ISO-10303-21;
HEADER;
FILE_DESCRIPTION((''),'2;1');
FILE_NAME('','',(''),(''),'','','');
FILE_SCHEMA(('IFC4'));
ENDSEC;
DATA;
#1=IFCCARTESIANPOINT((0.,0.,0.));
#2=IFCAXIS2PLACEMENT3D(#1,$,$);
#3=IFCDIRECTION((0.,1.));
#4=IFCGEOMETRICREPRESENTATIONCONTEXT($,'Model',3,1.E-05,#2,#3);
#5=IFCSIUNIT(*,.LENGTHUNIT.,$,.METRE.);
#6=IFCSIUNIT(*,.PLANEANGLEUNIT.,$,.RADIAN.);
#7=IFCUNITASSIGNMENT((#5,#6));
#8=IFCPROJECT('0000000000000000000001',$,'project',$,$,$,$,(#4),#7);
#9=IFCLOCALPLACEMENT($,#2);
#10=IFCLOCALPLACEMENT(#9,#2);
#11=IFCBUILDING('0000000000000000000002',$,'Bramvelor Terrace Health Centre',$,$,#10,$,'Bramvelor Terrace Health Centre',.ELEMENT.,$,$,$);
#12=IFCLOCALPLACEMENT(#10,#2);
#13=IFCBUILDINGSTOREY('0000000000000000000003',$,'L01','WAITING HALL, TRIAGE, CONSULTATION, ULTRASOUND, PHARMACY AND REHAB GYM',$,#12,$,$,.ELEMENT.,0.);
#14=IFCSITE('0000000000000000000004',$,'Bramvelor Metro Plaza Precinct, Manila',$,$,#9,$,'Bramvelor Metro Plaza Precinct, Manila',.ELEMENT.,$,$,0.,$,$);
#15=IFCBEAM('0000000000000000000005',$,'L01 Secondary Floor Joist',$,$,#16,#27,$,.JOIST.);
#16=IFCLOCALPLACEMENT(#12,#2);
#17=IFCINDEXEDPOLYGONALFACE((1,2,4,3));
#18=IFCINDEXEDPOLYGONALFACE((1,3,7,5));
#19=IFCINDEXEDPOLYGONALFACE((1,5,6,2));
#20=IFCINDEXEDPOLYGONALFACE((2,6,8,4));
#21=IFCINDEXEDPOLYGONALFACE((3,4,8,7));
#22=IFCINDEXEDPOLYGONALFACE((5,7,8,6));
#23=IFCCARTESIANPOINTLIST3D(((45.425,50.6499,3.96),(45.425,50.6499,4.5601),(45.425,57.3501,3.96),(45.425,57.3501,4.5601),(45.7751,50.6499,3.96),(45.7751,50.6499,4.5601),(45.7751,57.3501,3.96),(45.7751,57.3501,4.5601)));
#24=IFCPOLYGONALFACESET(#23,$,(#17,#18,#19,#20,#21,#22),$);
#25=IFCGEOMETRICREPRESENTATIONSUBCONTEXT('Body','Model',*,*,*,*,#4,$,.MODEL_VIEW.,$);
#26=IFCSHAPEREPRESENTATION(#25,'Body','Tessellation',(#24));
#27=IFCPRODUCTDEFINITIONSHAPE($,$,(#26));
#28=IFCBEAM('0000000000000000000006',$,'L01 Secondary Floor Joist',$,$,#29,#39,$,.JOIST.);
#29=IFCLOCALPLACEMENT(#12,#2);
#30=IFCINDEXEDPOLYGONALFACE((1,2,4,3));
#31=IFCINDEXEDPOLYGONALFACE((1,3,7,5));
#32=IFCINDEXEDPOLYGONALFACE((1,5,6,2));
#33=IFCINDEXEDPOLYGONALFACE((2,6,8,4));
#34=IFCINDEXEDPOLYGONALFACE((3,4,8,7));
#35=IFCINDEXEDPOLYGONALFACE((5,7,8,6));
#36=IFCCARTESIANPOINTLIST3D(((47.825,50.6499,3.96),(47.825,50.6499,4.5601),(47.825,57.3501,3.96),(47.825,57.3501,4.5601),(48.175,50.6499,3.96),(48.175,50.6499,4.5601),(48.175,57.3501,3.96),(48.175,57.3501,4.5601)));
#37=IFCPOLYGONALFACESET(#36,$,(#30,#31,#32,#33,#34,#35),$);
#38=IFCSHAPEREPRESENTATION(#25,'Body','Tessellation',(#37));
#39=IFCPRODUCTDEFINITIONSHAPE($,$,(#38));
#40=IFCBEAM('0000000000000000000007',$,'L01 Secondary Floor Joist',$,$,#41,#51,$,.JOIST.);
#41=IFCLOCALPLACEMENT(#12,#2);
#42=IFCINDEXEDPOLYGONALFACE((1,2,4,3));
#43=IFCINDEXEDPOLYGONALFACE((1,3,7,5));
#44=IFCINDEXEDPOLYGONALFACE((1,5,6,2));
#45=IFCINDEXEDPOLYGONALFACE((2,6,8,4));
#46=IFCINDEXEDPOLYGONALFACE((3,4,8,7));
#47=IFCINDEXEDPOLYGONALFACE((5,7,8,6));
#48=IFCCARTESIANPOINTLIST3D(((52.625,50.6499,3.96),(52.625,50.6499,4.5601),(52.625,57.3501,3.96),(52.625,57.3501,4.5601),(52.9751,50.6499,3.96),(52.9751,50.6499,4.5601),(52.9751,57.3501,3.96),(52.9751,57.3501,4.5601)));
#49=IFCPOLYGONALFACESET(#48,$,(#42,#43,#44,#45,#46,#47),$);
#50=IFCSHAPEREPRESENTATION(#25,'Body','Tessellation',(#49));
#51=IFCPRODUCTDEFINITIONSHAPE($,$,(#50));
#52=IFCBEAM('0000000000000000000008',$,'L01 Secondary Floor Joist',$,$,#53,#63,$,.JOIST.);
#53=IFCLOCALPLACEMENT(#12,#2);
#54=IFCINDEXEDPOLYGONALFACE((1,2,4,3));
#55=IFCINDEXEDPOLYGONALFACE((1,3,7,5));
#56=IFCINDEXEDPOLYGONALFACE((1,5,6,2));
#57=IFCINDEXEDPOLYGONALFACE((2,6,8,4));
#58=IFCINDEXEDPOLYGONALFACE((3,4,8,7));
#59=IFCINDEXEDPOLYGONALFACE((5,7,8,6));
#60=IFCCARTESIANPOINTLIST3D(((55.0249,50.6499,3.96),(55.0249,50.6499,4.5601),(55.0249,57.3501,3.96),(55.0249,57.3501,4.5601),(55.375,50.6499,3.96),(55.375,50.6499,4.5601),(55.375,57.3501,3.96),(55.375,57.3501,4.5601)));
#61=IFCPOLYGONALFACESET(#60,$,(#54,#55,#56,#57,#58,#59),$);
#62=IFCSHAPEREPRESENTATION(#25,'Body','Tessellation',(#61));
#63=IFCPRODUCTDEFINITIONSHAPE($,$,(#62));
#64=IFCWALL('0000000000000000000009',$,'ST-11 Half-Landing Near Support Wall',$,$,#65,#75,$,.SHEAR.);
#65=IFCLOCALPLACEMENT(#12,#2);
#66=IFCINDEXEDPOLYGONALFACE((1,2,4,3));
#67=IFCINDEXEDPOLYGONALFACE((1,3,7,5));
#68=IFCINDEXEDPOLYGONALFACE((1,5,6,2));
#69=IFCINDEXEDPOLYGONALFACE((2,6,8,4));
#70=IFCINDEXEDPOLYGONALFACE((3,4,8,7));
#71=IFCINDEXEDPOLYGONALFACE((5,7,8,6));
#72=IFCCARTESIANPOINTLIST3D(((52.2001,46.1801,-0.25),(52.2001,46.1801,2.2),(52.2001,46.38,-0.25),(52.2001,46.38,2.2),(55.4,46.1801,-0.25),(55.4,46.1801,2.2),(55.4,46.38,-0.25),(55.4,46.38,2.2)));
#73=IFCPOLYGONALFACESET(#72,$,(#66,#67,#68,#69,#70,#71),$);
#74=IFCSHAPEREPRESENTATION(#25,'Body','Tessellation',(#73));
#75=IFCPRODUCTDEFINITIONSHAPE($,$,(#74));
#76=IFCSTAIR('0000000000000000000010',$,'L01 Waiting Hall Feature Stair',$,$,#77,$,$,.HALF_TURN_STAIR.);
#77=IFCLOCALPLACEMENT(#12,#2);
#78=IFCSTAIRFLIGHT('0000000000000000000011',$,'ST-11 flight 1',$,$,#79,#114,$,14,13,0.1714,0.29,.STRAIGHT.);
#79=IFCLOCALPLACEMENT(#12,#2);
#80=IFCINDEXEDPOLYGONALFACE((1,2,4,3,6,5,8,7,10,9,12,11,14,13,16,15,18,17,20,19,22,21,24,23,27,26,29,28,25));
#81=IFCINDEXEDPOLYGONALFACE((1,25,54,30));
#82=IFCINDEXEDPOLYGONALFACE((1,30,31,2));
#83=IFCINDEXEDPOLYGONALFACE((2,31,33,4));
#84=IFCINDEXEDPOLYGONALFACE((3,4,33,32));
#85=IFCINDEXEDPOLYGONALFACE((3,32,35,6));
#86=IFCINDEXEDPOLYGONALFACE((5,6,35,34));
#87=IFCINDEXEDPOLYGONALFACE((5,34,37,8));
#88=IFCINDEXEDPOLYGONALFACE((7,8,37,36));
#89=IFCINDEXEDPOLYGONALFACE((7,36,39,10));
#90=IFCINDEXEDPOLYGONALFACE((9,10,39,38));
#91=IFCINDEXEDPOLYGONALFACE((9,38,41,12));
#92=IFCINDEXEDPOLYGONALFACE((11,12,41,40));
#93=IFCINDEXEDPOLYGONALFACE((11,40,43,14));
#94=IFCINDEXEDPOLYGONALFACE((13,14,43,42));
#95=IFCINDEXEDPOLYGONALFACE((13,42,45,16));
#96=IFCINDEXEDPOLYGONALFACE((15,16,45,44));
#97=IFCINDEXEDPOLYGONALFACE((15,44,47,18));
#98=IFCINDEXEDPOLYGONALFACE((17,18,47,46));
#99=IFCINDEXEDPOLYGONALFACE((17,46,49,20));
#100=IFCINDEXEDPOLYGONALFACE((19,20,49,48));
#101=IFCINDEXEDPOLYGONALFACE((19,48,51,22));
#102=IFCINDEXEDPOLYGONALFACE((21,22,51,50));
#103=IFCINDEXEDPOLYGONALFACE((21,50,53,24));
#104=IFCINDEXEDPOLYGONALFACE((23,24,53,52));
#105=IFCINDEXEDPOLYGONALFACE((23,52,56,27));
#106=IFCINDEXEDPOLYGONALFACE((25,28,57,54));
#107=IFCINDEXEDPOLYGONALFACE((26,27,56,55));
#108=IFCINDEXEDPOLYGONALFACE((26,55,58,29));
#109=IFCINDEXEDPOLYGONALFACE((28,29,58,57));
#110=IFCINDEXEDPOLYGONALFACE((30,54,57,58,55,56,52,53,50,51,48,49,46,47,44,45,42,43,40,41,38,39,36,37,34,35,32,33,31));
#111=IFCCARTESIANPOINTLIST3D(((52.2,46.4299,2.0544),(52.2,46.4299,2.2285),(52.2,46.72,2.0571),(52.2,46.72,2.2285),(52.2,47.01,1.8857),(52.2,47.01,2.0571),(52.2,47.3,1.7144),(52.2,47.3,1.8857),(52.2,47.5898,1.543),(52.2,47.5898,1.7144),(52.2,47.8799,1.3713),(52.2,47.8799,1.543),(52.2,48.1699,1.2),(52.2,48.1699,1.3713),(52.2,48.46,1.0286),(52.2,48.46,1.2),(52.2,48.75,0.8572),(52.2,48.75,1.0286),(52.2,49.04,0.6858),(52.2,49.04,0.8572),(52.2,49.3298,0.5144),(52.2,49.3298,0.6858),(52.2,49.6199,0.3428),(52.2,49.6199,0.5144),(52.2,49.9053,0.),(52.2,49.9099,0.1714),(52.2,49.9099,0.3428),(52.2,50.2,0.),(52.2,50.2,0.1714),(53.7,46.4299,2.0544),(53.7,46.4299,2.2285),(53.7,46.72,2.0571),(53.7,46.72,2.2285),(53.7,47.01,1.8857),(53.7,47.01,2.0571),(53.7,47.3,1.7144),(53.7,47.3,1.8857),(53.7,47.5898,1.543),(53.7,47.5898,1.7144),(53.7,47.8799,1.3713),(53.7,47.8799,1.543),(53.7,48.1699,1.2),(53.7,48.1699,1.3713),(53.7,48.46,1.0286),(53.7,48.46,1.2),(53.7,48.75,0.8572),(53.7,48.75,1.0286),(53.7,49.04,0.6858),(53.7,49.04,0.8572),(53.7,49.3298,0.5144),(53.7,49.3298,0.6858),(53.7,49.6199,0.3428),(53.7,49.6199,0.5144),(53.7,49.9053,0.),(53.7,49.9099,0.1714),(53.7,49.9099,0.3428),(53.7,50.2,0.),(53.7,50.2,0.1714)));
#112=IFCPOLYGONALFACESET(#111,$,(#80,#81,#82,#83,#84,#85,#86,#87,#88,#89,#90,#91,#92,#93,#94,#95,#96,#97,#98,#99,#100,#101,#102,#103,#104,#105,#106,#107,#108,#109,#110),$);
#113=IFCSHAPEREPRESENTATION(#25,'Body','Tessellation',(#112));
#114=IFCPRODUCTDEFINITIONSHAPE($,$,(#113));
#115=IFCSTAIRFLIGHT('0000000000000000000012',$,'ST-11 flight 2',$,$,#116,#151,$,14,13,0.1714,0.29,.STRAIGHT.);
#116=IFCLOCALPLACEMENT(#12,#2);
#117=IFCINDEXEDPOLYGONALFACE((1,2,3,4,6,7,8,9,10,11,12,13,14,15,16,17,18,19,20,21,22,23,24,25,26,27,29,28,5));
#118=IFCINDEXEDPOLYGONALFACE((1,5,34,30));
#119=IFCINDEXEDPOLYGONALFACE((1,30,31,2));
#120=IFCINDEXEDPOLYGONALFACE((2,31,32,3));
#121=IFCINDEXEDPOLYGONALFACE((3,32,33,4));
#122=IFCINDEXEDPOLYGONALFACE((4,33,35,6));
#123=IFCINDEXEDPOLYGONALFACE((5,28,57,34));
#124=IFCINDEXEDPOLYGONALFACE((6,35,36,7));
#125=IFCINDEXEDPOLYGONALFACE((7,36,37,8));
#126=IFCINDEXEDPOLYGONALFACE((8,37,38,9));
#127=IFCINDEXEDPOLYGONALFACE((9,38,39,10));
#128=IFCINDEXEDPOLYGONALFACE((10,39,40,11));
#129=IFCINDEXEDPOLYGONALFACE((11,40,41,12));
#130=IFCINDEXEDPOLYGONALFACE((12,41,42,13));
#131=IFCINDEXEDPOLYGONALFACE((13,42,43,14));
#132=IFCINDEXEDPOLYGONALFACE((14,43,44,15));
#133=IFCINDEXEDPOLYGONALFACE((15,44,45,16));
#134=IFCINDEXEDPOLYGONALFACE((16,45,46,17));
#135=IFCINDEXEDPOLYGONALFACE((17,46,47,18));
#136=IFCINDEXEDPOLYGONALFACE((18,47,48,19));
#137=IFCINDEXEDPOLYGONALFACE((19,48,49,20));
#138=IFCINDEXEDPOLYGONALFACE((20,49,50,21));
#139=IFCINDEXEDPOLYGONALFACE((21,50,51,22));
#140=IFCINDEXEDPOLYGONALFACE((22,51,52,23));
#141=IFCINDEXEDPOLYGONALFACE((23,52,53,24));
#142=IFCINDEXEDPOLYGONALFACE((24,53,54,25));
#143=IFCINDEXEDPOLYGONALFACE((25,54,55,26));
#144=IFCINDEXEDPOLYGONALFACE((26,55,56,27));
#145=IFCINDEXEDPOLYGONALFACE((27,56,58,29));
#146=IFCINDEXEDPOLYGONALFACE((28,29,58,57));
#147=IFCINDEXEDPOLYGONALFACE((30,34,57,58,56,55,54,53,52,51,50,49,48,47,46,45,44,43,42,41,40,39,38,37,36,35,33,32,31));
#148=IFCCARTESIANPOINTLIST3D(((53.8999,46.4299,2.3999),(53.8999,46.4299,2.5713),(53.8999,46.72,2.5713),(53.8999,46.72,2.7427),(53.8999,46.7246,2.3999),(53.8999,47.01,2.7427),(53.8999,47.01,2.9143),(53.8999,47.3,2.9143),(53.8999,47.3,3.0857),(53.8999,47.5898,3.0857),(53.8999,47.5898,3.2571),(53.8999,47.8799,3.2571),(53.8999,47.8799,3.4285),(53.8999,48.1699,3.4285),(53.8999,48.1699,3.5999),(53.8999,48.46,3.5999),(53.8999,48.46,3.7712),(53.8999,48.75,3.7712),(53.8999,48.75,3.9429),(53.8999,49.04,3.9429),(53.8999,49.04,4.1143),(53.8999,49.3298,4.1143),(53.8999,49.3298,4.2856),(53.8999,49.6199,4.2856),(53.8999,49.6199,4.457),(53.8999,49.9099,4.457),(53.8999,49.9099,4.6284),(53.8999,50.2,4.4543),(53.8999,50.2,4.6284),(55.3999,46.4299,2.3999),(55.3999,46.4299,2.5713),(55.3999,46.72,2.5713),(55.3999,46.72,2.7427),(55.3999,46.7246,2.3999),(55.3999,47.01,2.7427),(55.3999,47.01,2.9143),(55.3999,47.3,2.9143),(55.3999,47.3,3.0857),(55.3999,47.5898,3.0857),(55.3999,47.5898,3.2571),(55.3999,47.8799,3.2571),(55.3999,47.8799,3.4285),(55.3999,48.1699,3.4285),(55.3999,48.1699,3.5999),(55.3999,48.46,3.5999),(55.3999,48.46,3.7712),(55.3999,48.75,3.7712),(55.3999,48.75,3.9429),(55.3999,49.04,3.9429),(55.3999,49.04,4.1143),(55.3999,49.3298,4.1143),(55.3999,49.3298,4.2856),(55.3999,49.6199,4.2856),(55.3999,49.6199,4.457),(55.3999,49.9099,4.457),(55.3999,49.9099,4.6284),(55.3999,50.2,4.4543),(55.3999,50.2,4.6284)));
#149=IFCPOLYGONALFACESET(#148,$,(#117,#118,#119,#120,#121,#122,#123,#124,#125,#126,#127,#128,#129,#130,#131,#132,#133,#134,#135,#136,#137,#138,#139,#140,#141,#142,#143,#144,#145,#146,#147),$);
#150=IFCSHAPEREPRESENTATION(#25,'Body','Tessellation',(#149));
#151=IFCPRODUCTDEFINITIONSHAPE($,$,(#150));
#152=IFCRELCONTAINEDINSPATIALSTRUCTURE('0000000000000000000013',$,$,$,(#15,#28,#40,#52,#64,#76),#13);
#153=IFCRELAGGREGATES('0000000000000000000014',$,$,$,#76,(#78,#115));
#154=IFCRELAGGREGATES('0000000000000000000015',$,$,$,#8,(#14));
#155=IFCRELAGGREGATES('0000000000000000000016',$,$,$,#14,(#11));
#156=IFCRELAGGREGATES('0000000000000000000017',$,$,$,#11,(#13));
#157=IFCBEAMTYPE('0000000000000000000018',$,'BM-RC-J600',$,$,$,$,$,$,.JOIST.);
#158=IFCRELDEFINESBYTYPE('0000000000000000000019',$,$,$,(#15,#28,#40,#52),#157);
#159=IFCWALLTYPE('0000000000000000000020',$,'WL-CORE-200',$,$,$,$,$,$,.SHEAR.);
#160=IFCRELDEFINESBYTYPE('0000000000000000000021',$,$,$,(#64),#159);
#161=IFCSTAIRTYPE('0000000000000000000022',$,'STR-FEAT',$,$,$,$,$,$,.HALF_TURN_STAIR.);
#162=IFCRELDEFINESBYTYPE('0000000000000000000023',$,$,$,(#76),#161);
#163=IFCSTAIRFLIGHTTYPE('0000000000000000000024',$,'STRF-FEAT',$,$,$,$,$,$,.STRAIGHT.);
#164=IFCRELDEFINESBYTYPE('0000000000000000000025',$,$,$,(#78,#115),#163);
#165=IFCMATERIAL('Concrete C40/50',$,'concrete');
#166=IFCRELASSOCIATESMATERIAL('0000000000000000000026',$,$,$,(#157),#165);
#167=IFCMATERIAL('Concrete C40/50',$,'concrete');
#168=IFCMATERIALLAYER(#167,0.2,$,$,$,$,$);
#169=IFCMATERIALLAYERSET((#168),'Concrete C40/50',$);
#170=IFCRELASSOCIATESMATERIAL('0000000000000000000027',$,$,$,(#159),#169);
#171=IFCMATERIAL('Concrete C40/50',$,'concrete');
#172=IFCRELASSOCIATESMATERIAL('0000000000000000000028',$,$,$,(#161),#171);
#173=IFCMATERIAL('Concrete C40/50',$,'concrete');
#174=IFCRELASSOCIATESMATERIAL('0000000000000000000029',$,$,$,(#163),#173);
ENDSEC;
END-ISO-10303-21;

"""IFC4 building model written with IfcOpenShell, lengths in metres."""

from ifc_helpers import new_model, si_unit, direction, frame, frame_2d, origin, origin_2d, place, context, subcontext, project, spatial, polyline, rectangle, outline, extrude, material, layer, layer_set, material_profile, profile_set, type_object, element, aggregate, save


model = new_model("IFC4")

# Units and contexts
model_context = context("Model", 3, precision=1e-05, world=origin(), true_north=direction((0.0, 1.0)))
body_context = subcontext(model_context, "Body", "Model", "MODEL_VIEW")
ifc_project = project(units=[si_unit("LENGTHUNIT", "METRE"), si_unit("PLANEANGLEUNIT", "RADIAN")], contexts=[model_context])

# Site, building, storey
site_placement = place(None, origin())
site = spatial("IfcSite", under=ifc_project, at=site_placement, Name="Bramvelor Metro Plaza Precinct, Manila", LongName="Bramvelor Metro Plaza Precinct, Manila", CompositionType="ELEMENT", RefElevation=0.0)
building_placement = place(site_placement, origin())
building = spatial("IfcBuilding", under=site, at=building_placement, Name="Bramvelor Terrace Health Centre", LongName="Bramvelor Terrace Health Centre", CompositionType="ELEMENT")
storey_placement = place(building_placement, origin())
storey = spatial("IfcBuildingStorey", under=building, at=storey_placement, Name="L01", Description="WAITING HALL, TRIAGE, CONSULTATION, ULTRASOUND, PHARMACY AND REHAB GYM", CompositionType="ELEMENT", Elevation=0.0)

# Beams
ifc_material_1 = material(Name="Concrete C40/50", Category="concrete")
ifc_material_profile_1 = material_profile(ifc_material_1, rectangle(XDim=0.3501, YDim=0.6001, at=origin_2d()), Name="RC 350x600")
ifc_profile_set_1 = profile_set([ifc_material_profile_1], Name="Concrete C40/50")
beam_type_1 = type_object("IfcBeamType", Name="BM-RC-J600", PredefinedType="JOIST", material=ifc_profile_set_1)
for number, where, z_axis, x_axis, name in (
    (1, (45.6001, 50.6499, 4.26), (0.0, 1.0, 0.0), (-1.0, 0.0, 0.0), "L01 Secondary Floor Joist"),
    (2, (48.0, 50.6499, 4.26), (0.0, 1.0, 0.0), (-1.0, 0.0, 0.0), "L01 Secondary Floor Joist"),
    (3, (52.8, 50.6499, 4.26), (0.0, 1.0, 0.0), (-1.0, 0.0, 0.0), "L01 Secondary Floor Joist"),
    (4, (55.2, 50.6499, 4.26), (0.0, 1.0, 0.0), (-1.0, 0.0, 0.0), "L01 Secondary Floor Joist"),
):
    element("IfcBeam", number, at=place(storey_placement, frame(where, z_axis=z_axis, x_axis=x_axis)), inside=storey, type_object=beam_type_1, Name=name, PredefinedType="JOIST", context=body_context, shape_type="SweptSolid", body=[
        extrude(rectangle(XDim=0.3501, YDim=0.6001, at=origin_2d()), origin(), (0.0, 0.0, 1.0), 6.7002),
    ])

# Wall
ifc_material_2 = material(Name="Concrete C40/50", Category="concrete")
ifc_layer = layer(ifc_material_2, 0.2)
ifc_layer_set = layer_set([ifc_layer], Name="Concrete C40/50")
wall_type = type_object("IfcWallType", Name="WL-CORE-200", PredefinedType="SHEAR", material=ifc_layer_set)
wall_placement = place(storey_placement, frame((52.2, 46.28, -0.25), z_axis=(0.0, 0.0, 1.0), x_axis=(1.0, 0.0, 0.0)))
element("IfcWall", 5, at=wall_placement, inside=storey, type_object=wall_type, Name="ST-11 Half-Landing Near Support Wall", PredefinedType="SHEAR", context=body_context, shape_type="SweptSolid", body=[
    extrude(rectangle(XDim=3.2, YDim=0.2, at=frame_2d((1.6001, 0.0))), origin(), (0.0, 0.0, 1.0), 2.45),
])

# Stair, stair flights
ifc_material_3 = material(Name="Concrete C40/50", Category="concrete")
stair_type = type_object("IfcStairType", Name="STR-FEAT", PredefinedType="HALF_TURN_STAIR", material=ifc_material_3)
stair_placement = place(storey_placement, origin())
stair = element("IfcStair", 6, at=stair_placement, inside=storey, type_object=stair_type, Name="L01 Waiting Hall Feature Stair", PredefinedType="HALF_TURN_STAIR")
ifc_material_4 = material(Name="Concrete C40/50", Category="concrete")
stair_flight_type = type_object("IfcStairFlightType", Name="STRF-FEAT", PredefinedType="STRAIGHT", material=ifc_material_4)
stair_flight_1_placement = place(storey_placement, frame((52.95, 50.2, 0.0), z_axis=(0.0, 0.0, 1.0), x_axis=(0.0, -1.0, 0.0)))
stair_flight_1 = element("IfcStairFlight", 7, at=stair_flight_1_placement, type_object=stair_flight_type, Name="ST-11 flight 1", NumberOfRisers=14, NumberOfTreads=13, PredefinedType="STRAIGHT", RiserHeight=0.1714, TreadLength=0.29, context=body_context, shape_type="SweptSolid", body=[
    extrude(outline(polyline([(0.0, 0.0), (0.0, 0.1714), (0.29, 0.1714), (0.29, 0.3428), (0.5801, 0.3428), (0.5801, 0.5144), (0.8701, 0.5144), (0.8701, 0.6858), (1.1599, 0.6858), (1.1599, 0.8572), (1.45, 0.8572), (1.45, 1.0286), (1.74, 1.0286), (1.74, 1.2), (2.03, 1.2), (2.03, 1.3713), (2.3201, 1.3713), (2.3201, 1.543), (2.6101, 1.543), (2.6101, 1.7144), (2.8999, 1.7144), (2.8999, 1.8857), (3.1899, 1.8857), (3.1899, 2.0571), (3.48, 2.0571), (3.48, 2.2285), (3.77, 2.2285), (3.77, 2.3999), (3.77, 2.0544), (0.2947, 0.0), (0.0, 0.0)])), frame((0.0, 0.75, 0.0), z_axis=(0.0, -1.0, 0.0), x_axis=(1.0, 0.0, 0.0)), (0.0, 0.0, 1.0), 1.5),
])
stair_flight_2_placement = place(storey_placement, frame((54.6499, 46.4299, 2.3999), z_axis=(0.0, 0.0, 1.0), x_axis=(0.0, 1.0, 0.0)))
stair_flight_2 = element("IfcStairFlight", 8, at=stair_flight_2_placement, type_object=stair_flight_type, Name="ST-11 flight 2", NumberOfRisers=14, NumberOfTreads=13, PredefinedType="STRAIGHT", RiserHeight=0.1714, TreadLength=0.29, context=body_context, shape_type="SweptSolid", body=[
    extrude(outline(polyline([(0.0, 0.0), (0.0, 0.1714), (0.29, 0.1714), (0.29, 0.3428), (0.5801, 0.3428), (0.5801, 0.5144), (0.8701, 0.5144), (0.8701, 0.6858), (1.1599, 0.6858), (1.1599, 0.8572), (1.45, 0.8572), (1.45, 1.0286), (1.74, 1.0286), (1.74, 1.2), (2.03, 1.2), (2.03, 1.3713), (2.3201, 1.3713), (2.3201, 1.543), (2.6101, 1.543), (2.6101, 1.7144), (2.8999, 1.7144), (2.8999, 1.8857), (3.1899, 1.8857), (3.1899, 2.0571), (3.48, 2.0571), (3.48, 2.2285), (3.77, 2.2285), (3.77, 2.3999), (3.77, 2.0544), (0.2947, 0.0), (0.0, 0.0)])), frame((0.0, 0.75, 0.0), z_axis=(0.0, -1.0, 0.0), x_axis=(1.0, 0.0, 0.0)), (0.0, 0.0, 1.0), 1.5),
])
aggregate(stair, [stair_flight_1, stair_flight_2])

save(model, "model.ifc")
